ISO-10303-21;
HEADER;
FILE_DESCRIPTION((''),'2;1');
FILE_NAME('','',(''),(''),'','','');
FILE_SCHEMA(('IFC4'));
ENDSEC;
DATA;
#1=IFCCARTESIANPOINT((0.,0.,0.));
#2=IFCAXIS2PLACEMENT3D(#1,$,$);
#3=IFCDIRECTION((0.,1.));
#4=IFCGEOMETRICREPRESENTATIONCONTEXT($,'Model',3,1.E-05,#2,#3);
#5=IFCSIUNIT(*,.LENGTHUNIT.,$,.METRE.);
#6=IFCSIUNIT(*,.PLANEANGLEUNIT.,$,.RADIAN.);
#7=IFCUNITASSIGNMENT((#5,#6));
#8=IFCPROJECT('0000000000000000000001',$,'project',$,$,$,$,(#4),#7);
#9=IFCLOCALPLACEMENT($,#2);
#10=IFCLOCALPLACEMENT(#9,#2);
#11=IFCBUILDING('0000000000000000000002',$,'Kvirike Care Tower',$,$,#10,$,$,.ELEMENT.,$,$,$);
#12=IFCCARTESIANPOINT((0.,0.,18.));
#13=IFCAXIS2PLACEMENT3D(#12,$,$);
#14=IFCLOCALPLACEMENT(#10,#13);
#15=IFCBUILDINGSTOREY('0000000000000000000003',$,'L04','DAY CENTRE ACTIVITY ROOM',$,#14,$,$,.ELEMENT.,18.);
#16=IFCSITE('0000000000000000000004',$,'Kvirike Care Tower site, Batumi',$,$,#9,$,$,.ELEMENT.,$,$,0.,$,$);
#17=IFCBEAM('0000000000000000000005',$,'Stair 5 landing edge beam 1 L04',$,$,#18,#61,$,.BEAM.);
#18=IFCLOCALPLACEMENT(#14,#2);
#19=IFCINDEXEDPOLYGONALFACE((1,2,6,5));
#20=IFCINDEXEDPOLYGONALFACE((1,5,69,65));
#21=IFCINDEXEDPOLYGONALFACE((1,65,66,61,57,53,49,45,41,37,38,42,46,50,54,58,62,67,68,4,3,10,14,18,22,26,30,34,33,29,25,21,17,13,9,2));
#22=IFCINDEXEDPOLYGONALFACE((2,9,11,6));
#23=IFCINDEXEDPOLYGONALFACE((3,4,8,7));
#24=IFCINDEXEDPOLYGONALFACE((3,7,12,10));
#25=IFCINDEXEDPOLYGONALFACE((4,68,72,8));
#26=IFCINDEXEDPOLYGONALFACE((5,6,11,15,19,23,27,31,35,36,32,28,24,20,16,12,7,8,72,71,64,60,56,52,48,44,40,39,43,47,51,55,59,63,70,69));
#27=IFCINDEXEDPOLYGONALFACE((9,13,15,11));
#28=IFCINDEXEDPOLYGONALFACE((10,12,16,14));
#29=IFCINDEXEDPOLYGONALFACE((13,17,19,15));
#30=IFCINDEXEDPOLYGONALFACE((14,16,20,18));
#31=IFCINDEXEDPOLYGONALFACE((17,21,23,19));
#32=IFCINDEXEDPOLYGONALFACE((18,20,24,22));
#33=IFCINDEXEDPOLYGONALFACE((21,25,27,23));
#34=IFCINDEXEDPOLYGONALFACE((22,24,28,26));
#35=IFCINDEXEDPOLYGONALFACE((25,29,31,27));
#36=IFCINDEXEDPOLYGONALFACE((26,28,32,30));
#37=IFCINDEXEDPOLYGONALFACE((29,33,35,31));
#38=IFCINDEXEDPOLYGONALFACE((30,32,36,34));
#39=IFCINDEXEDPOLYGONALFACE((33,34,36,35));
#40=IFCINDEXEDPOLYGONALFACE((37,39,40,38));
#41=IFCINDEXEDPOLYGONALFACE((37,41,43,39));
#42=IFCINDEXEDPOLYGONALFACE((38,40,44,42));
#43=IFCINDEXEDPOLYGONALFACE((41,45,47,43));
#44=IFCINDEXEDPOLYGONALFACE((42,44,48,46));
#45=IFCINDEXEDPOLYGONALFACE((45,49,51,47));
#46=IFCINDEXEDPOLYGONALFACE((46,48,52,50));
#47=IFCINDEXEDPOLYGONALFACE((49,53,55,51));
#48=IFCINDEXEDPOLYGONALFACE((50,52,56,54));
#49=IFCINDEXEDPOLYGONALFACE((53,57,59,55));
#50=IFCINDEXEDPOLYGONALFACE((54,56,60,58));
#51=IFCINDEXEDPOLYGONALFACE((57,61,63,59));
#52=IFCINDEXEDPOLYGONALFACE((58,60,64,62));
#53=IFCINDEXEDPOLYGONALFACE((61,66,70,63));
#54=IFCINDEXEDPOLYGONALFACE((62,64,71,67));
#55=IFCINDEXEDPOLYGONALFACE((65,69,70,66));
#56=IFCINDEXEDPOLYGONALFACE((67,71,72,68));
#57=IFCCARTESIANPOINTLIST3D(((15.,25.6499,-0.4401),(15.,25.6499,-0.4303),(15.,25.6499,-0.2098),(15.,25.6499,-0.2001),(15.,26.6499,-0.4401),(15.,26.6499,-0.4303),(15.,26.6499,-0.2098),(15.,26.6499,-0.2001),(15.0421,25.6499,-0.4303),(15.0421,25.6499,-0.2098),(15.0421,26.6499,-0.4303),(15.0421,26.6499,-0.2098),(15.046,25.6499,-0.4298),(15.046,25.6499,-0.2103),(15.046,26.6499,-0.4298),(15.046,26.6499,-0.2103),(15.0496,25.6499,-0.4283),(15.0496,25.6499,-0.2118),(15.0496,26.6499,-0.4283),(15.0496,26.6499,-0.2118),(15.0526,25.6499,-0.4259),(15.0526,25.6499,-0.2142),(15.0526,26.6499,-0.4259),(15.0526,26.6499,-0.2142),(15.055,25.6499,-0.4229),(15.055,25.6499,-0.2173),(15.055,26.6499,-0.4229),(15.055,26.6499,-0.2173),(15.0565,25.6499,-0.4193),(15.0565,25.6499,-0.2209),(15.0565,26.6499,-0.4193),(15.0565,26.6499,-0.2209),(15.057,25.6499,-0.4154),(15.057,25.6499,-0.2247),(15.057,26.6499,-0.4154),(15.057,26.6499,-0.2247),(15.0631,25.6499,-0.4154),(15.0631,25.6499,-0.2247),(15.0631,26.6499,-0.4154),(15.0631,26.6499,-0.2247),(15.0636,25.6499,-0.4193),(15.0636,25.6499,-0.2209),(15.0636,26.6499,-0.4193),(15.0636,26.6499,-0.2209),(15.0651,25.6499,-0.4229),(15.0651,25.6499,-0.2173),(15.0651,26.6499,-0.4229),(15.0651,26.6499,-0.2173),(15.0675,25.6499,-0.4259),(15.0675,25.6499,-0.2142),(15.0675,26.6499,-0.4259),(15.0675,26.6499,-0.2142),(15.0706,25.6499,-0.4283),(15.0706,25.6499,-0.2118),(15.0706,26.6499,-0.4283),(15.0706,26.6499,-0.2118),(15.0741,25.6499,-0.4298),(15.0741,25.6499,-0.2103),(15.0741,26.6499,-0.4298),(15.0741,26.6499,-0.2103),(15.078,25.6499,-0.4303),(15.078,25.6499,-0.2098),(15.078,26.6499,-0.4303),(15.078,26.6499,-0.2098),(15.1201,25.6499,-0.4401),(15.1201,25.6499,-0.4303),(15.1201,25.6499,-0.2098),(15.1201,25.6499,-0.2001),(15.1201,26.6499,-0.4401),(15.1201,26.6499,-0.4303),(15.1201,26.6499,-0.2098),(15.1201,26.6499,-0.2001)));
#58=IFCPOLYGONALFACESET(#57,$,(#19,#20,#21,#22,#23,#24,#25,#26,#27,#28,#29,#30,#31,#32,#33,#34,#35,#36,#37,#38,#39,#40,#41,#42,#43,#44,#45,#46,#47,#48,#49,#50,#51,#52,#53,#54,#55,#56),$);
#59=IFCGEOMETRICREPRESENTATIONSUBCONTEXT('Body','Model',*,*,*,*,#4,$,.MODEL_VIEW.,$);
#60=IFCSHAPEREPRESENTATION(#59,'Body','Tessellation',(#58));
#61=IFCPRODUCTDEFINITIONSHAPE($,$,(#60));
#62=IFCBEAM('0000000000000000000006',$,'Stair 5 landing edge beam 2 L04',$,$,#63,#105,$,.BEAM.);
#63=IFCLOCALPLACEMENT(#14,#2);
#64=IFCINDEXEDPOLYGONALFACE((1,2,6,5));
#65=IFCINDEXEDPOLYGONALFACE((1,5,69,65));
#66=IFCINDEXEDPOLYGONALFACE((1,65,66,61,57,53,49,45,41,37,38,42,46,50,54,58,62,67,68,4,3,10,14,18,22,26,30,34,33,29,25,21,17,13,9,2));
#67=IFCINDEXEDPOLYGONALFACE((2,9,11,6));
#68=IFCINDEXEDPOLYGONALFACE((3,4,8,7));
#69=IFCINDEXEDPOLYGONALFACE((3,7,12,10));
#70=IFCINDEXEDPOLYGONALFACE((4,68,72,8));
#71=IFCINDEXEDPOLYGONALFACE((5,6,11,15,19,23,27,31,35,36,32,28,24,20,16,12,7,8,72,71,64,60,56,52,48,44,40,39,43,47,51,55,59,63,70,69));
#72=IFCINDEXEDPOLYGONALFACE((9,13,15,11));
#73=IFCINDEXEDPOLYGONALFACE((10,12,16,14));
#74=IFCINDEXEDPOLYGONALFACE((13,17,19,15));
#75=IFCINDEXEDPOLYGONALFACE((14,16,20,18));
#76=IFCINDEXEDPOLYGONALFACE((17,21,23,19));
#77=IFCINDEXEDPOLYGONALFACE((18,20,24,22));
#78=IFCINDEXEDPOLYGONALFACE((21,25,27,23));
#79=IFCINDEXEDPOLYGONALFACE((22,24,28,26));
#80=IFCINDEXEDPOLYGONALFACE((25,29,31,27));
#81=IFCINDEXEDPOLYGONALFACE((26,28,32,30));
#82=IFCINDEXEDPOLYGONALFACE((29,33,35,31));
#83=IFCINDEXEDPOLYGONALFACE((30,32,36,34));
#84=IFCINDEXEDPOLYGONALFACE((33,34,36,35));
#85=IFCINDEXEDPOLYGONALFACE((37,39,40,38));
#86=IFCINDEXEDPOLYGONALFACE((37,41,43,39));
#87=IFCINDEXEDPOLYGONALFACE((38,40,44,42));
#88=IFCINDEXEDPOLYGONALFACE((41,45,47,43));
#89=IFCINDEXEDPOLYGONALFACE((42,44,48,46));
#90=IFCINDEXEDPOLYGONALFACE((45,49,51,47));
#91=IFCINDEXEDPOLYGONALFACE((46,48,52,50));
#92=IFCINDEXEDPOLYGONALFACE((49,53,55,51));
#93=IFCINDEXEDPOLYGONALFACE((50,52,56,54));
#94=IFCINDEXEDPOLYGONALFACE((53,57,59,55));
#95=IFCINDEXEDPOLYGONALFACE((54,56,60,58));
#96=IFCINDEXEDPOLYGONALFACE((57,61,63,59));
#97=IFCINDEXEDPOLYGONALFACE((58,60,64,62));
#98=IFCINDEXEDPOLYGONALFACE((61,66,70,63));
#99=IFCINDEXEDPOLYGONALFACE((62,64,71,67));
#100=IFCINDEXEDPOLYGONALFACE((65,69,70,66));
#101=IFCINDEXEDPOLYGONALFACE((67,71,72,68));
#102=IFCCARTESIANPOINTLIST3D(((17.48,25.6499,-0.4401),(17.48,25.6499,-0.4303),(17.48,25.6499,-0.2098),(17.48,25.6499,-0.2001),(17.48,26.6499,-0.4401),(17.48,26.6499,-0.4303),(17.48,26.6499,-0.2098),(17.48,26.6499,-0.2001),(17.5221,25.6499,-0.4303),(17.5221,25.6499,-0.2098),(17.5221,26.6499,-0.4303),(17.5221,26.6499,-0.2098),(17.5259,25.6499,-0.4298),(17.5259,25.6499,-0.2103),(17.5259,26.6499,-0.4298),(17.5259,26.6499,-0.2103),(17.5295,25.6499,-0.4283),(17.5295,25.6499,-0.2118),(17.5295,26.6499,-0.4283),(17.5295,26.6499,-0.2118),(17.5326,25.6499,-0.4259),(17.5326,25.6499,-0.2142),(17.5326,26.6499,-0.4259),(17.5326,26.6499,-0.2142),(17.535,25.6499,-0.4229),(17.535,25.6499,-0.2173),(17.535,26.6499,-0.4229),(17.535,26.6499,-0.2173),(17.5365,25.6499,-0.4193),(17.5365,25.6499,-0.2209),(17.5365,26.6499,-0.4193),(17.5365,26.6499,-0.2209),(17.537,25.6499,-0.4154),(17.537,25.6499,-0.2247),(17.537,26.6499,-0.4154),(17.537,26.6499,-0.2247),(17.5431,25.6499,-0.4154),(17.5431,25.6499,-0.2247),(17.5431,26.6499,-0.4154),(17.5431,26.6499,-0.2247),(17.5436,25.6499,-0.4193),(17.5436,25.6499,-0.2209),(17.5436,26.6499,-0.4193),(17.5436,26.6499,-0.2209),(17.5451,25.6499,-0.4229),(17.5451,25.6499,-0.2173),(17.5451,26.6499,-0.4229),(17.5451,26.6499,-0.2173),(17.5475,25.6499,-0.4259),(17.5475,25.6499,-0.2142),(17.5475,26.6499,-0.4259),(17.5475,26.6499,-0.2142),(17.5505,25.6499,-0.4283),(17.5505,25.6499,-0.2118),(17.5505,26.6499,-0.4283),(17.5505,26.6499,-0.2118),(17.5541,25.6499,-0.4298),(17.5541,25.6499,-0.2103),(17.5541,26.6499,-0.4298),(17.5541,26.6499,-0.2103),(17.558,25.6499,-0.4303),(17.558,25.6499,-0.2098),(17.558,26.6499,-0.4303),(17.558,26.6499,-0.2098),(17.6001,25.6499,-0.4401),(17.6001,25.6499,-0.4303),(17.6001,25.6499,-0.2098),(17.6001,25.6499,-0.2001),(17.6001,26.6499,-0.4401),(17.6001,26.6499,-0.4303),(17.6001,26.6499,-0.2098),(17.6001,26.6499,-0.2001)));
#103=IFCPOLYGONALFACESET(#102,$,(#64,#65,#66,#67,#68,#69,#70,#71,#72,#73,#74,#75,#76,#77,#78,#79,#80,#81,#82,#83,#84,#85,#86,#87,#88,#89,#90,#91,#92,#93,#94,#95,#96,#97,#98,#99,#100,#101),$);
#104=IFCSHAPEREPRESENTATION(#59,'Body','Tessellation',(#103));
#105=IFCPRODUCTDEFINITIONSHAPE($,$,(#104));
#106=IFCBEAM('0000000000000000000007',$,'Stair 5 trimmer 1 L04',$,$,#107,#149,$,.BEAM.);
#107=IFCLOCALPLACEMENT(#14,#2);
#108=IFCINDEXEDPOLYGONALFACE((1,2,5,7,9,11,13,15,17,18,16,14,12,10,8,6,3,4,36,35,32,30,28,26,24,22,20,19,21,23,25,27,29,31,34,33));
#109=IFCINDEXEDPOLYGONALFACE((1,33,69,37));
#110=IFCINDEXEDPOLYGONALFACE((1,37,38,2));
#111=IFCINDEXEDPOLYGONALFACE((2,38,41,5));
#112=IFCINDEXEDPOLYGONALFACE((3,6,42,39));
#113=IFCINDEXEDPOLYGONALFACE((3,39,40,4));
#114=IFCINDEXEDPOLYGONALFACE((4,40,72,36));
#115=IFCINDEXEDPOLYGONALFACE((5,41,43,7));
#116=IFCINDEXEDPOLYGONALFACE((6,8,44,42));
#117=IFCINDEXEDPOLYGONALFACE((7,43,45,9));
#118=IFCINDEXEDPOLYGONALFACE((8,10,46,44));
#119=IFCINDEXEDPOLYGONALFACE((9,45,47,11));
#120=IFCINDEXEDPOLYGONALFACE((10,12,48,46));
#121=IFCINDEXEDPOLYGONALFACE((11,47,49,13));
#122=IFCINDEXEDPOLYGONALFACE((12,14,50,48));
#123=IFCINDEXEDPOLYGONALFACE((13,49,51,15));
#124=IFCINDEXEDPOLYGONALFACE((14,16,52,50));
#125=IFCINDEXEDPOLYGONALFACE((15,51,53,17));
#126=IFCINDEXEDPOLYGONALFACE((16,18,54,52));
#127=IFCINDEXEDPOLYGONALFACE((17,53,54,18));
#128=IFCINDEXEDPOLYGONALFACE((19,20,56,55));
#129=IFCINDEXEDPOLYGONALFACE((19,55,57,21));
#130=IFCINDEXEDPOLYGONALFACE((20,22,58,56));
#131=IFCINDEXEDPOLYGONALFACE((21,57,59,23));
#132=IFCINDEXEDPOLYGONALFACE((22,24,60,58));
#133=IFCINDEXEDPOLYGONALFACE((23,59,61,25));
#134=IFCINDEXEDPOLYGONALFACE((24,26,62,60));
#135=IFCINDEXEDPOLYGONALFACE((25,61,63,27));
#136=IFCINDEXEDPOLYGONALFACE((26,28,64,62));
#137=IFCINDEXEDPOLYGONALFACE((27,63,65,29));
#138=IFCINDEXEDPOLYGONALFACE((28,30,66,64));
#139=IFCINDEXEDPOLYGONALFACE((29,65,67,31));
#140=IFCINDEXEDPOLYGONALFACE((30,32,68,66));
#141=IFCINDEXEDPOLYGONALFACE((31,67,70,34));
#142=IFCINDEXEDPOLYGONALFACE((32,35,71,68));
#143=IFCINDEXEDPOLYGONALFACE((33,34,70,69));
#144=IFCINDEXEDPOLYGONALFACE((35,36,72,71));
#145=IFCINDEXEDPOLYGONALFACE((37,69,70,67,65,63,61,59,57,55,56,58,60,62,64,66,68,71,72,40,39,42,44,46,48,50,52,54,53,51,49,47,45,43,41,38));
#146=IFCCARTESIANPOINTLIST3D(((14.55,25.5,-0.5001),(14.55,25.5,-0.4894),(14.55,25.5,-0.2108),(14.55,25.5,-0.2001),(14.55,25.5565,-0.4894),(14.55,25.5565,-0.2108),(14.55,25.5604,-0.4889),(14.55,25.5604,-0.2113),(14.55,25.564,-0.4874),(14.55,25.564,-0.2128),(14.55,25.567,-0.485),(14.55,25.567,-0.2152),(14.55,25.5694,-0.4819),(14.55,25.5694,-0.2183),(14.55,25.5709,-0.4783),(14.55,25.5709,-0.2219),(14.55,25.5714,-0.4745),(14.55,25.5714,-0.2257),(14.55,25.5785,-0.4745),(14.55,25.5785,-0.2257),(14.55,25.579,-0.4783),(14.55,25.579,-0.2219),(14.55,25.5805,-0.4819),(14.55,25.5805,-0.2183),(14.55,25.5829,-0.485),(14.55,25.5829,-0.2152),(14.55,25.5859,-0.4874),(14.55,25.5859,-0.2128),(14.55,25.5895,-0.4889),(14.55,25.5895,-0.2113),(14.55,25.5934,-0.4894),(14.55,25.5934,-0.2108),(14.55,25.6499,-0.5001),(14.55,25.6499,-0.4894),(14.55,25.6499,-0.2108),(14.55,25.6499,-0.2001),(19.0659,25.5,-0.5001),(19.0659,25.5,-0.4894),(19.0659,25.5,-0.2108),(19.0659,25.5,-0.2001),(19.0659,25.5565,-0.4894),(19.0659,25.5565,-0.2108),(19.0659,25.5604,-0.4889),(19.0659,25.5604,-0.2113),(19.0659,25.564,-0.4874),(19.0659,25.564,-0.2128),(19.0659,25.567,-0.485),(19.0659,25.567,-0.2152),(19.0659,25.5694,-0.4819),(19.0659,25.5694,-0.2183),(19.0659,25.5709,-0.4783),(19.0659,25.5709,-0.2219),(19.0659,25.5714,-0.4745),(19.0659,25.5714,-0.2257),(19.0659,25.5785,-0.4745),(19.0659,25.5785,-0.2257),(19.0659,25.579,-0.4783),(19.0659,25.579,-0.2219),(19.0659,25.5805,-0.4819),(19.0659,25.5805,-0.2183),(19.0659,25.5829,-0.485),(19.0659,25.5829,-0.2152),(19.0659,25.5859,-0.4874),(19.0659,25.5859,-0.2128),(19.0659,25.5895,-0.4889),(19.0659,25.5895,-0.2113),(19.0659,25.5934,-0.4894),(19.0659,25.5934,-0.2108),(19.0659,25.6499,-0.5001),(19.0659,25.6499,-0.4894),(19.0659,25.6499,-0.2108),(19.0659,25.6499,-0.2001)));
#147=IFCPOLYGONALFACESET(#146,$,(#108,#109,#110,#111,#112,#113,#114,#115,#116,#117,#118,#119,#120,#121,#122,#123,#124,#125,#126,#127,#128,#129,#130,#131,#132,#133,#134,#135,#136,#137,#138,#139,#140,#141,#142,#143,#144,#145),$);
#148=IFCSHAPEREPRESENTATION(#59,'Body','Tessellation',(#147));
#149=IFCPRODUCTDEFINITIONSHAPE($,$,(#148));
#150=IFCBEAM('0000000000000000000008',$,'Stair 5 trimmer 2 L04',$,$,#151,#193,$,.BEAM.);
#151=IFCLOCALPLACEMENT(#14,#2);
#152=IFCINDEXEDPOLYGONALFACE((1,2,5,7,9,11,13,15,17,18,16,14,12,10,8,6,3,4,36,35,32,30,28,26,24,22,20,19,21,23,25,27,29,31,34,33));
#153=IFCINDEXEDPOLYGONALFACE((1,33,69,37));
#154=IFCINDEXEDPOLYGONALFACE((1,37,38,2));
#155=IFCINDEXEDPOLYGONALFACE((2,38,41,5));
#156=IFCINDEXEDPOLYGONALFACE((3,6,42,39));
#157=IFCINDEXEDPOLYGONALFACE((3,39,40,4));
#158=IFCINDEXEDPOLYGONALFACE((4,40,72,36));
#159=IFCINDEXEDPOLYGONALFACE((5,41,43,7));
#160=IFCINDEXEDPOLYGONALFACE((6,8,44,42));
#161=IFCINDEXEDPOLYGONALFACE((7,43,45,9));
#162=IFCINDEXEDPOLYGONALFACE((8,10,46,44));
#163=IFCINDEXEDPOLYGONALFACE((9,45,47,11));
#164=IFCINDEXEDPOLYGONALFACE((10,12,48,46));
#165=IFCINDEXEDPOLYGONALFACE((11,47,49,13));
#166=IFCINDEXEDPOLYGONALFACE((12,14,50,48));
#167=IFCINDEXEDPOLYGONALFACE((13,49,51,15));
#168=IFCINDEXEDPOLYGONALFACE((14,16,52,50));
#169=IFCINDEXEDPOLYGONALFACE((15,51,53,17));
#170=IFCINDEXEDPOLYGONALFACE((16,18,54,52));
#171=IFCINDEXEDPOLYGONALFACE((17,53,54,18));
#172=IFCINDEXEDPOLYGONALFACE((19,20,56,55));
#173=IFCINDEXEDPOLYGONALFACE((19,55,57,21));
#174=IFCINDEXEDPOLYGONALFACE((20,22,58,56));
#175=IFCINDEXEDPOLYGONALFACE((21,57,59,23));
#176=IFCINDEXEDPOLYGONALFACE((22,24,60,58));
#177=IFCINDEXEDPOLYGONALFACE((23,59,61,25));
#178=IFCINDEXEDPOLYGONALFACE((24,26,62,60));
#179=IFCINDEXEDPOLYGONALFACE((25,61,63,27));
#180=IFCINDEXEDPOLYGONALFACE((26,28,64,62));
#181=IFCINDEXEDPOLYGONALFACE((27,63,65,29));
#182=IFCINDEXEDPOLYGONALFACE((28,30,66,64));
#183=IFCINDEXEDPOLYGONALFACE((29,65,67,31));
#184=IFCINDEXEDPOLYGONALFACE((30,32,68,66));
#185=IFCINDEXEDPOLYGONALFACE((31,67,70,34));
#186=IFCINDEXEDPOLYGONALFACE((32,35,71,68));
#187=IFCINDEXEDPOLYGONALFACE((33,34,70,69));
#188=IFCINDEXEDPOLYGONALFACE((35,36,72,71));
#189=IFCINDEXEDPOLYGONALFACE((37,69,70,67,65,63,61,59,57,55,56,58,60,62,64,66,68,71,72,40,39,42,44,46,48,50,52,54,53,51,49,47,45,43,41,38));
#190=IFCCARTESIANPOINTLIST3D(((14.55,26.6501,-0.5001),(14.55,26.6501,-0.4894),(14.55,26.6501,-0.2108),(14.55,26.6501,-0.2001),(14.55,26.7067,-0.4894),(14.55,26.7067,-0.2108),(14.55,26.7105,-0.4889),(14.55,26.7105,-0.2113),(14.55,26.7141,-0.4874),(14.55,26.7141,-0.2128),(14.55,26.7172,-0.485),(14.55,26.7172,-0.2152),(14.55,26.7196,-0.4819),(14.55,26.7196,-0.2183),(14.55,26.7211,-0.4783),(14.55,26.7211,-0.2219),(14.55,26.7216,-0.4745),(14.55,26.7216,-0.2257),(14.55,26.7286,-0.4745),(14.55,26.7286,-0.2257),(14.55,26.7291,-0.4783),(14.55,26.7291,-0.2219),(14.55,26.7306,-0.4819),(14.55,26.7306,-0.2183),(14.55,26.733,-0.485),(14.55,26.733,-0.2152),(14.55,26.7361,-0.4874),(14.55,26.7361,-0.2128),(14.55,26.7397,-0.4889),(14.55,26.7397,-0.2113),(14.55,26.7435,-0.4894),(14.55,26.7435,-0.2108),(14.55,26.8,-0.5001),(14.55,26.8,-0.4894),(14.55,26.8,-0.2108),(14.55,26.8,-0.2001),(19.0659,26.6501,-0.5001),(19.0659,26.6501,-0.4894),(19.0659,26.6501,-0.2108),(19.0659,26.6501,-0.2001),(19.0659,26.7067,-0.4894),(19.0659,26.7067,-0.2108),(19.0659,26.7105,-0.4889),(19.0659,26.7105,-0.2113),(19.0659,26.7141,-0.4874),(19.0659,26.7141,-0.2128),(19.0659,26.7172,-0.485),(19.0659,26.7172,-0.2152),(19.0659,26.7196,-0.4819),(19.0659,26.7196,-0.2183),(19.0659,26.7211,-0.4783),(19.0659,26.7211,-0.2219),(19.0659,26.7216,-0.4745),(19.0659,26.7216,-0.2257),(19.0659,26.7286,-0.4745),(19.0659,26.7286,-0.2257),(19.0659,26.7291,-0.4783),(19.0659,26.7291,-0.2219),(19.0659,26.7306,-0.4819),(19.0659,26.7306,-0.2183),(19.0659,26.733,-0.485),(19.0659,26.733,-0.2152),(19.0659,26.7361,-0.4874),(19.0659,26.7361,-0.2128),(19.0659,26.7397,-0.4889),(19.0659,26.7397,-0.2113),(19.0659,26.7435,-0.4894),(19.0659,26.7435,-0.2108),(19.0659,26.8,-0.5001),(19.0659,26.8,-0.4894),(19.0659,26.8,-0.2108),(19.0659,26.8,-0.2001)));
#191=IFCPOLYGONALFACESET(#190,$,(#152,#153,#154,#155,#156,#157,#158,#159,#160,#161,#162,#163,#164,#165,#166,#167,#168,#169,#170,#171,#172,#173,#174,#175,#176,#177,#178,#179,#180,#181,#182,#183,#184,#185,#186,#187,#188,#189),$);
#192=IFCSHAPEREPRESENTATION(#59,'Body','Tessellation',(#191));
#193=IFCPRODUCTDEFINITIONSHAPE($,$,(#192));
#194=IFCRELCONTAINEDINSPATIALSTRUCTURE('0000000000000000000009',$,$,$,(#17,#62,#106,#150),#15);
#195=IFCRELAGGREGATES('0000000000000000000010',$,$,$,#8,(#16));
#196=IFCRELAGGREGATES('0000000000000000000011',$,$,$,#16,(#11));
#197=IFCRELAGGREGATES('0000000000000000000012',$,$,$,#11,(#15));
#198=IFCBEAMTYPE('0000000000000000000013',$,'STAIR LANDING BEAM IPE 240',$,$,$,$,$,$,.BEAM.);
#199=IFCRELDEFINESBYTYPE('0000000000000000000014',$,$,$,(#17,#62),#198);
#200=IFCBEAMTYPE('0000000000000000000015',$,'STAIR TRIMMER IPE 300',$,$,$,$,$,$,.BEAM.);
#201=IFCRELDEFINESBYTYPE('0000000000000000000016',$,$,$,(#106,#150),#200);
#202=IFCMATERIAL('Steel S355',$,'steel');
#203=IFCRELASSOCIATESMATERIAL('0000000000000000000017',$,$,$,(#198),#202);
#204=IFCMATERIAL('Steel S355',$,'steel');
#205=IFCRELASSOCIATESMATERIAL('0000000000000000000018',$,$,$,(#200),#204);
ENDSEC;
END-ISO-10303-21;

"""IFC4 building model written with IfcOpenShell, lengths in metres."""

from ifc_helpers import new_model, si_unit, direction, frame, origin, origin_2d, place, context, subcontext, project, spatial, i_section, extrude, material, material_profile, profile_set, type_object, element, save


model = new_model("IFC4")

# Units and contexts
model_context = context("Model", 3, precision=1e-05, world=origin(), true_north=direction((0.0, 1.0)))
body_context = subcontext(model_context, "Body", "Model", "MODEL_VIEW")
ifc_project = project(units=[si_unit("LENGTHUNIT", "METRE"), si_unit("PLANEANGLEUNIT", "RADIAN")], contexts=[model_context])

# Site, building, storey
site_placement = place(None, origin())
site = spatial("IfcSite", under=ifc_project, at=site_placement, Name="Kvirike Care Tower site, Batumi", CompositionType="ELEMENT", RefElevation=0.0)
building_placement = place(site_placement, origin())
building = spatial("IfcBuilding", under=site, at=building_placement, Name="Kvirike Care Tower", CompositionType="ELEMENT")
storey_placement = place(building_placement, frame((0.0, 0.0, 18.0)))
storey = spatial("IfcBuildingStorey", under=building, at=storey_placement, Name="L04", Description="DAY CENTRE ACTIVITY ROOM", CompositionType="ELEMENT", Elevation=18.0)

# Beams
ifc_material_1 = material(Name="Steel S355", Category="steel")
ifc_material_profile_1 = material_profile(ifc_material_1, i_section(OverallWidth=0.1201, OverallDepth=0.24, WebThickness=0.0061, FlangeThickness=0.0098, FilletRadius=0.0149, at=origin_2d()), Name="IPE 240")
ifc_profile_set_1 = profile_set([ifc_material_profile_1], Name="Steel S355")
beam_type_1 = type_object("IfcBeamType", Name="STAIR LANDING BEAM IPE 240", PredefinedType="BEAM", material=ifc_profile_set_1)
for number, where, z_axis, x_axis, name in (
    (1, (15.0601, 25.6499, -0.3201), (0.0, 1.0, 0.0), (-1.0, 0.0, 0.0), "Stair 5 landing edge beam 1 L04"),
    (2, (17.54, 25.6499, -0.3201), (0.0, 1.0, 0.0), (-1.0, 0.0, 0.0), "Stair 5 landing edge beam 2 L04"),
):
    element("IfcBeam", number, at=place(storey_placement, frame(where, z_axis=z_axis, x_axis=x_axis)), inside=storey, type_object=beam_type_1, Name=name, PredefinedType="BEAM", context=body_context, shape_type="SweptSolid", body=[
        extrude(i_section(OverallWidth=0.1201, OverallDepth=0.24, WebThickness=0.0061, FlangeThickness=0.0098, FilletRadius=0.0149, at=origin_2d()), origin(), (0.0, 0.0, 1.0), 1.0),
    ])
ifc_material_2 = material(Name="Steel S355", Category="steel")
ifc_material_profile_2 = material_profile(ifc_material_2, i_section(OverallWidth=0.1499, OverallDepth=0.3, WebThickness=0.0071, FlangeThickness=0.0107, FilletRadius=0.0149, at=origin_2d()), Name="IPE 300")
ifc_profile_set_2 = profile_set([ifc_material_profile_2], Name="Steel S355")
beam_type_2 = type_object("IfcBeamType", Name="STAIR TRIMMER IPE 300", PredefinedType="BEAM", material=ifc_profile_set_2)
for number, where, z_axis, x_axis, name in (
    (3, (14.55, 25.575, -0.3501), (1.0, 0.0, 0.0), (0.0, 1.0, 0.0), "Stair 5 trimmer 1 L04"),
    (4, (14.55, 26.7251, -0.3501), (1.0, 0.0, 0.0), (0.0, 1.0, 0.0), "Stair 5 trimmer 2 L04"),
):
    element("IfcBeam", number, at=place(storey_placement, frame(where, z_axis=z_axis, x_axis=x_axis)), inside=storey, type_object=beam_type_2, Name=name, PredefinedType="BEAM", context=body_context, shape_type="SweptSolid", body=[
        extrude(i_section(OverallWidth=0.1499, OverallDepth=0.3, WebThickness=0.0071, FlangeThickness=0.0107, FilletRadius=0.0149, at=origin_2d()), origin(), (0.0, 0.0, 1.0), 4.5159),
    ])

save(model, "model.ifc")
